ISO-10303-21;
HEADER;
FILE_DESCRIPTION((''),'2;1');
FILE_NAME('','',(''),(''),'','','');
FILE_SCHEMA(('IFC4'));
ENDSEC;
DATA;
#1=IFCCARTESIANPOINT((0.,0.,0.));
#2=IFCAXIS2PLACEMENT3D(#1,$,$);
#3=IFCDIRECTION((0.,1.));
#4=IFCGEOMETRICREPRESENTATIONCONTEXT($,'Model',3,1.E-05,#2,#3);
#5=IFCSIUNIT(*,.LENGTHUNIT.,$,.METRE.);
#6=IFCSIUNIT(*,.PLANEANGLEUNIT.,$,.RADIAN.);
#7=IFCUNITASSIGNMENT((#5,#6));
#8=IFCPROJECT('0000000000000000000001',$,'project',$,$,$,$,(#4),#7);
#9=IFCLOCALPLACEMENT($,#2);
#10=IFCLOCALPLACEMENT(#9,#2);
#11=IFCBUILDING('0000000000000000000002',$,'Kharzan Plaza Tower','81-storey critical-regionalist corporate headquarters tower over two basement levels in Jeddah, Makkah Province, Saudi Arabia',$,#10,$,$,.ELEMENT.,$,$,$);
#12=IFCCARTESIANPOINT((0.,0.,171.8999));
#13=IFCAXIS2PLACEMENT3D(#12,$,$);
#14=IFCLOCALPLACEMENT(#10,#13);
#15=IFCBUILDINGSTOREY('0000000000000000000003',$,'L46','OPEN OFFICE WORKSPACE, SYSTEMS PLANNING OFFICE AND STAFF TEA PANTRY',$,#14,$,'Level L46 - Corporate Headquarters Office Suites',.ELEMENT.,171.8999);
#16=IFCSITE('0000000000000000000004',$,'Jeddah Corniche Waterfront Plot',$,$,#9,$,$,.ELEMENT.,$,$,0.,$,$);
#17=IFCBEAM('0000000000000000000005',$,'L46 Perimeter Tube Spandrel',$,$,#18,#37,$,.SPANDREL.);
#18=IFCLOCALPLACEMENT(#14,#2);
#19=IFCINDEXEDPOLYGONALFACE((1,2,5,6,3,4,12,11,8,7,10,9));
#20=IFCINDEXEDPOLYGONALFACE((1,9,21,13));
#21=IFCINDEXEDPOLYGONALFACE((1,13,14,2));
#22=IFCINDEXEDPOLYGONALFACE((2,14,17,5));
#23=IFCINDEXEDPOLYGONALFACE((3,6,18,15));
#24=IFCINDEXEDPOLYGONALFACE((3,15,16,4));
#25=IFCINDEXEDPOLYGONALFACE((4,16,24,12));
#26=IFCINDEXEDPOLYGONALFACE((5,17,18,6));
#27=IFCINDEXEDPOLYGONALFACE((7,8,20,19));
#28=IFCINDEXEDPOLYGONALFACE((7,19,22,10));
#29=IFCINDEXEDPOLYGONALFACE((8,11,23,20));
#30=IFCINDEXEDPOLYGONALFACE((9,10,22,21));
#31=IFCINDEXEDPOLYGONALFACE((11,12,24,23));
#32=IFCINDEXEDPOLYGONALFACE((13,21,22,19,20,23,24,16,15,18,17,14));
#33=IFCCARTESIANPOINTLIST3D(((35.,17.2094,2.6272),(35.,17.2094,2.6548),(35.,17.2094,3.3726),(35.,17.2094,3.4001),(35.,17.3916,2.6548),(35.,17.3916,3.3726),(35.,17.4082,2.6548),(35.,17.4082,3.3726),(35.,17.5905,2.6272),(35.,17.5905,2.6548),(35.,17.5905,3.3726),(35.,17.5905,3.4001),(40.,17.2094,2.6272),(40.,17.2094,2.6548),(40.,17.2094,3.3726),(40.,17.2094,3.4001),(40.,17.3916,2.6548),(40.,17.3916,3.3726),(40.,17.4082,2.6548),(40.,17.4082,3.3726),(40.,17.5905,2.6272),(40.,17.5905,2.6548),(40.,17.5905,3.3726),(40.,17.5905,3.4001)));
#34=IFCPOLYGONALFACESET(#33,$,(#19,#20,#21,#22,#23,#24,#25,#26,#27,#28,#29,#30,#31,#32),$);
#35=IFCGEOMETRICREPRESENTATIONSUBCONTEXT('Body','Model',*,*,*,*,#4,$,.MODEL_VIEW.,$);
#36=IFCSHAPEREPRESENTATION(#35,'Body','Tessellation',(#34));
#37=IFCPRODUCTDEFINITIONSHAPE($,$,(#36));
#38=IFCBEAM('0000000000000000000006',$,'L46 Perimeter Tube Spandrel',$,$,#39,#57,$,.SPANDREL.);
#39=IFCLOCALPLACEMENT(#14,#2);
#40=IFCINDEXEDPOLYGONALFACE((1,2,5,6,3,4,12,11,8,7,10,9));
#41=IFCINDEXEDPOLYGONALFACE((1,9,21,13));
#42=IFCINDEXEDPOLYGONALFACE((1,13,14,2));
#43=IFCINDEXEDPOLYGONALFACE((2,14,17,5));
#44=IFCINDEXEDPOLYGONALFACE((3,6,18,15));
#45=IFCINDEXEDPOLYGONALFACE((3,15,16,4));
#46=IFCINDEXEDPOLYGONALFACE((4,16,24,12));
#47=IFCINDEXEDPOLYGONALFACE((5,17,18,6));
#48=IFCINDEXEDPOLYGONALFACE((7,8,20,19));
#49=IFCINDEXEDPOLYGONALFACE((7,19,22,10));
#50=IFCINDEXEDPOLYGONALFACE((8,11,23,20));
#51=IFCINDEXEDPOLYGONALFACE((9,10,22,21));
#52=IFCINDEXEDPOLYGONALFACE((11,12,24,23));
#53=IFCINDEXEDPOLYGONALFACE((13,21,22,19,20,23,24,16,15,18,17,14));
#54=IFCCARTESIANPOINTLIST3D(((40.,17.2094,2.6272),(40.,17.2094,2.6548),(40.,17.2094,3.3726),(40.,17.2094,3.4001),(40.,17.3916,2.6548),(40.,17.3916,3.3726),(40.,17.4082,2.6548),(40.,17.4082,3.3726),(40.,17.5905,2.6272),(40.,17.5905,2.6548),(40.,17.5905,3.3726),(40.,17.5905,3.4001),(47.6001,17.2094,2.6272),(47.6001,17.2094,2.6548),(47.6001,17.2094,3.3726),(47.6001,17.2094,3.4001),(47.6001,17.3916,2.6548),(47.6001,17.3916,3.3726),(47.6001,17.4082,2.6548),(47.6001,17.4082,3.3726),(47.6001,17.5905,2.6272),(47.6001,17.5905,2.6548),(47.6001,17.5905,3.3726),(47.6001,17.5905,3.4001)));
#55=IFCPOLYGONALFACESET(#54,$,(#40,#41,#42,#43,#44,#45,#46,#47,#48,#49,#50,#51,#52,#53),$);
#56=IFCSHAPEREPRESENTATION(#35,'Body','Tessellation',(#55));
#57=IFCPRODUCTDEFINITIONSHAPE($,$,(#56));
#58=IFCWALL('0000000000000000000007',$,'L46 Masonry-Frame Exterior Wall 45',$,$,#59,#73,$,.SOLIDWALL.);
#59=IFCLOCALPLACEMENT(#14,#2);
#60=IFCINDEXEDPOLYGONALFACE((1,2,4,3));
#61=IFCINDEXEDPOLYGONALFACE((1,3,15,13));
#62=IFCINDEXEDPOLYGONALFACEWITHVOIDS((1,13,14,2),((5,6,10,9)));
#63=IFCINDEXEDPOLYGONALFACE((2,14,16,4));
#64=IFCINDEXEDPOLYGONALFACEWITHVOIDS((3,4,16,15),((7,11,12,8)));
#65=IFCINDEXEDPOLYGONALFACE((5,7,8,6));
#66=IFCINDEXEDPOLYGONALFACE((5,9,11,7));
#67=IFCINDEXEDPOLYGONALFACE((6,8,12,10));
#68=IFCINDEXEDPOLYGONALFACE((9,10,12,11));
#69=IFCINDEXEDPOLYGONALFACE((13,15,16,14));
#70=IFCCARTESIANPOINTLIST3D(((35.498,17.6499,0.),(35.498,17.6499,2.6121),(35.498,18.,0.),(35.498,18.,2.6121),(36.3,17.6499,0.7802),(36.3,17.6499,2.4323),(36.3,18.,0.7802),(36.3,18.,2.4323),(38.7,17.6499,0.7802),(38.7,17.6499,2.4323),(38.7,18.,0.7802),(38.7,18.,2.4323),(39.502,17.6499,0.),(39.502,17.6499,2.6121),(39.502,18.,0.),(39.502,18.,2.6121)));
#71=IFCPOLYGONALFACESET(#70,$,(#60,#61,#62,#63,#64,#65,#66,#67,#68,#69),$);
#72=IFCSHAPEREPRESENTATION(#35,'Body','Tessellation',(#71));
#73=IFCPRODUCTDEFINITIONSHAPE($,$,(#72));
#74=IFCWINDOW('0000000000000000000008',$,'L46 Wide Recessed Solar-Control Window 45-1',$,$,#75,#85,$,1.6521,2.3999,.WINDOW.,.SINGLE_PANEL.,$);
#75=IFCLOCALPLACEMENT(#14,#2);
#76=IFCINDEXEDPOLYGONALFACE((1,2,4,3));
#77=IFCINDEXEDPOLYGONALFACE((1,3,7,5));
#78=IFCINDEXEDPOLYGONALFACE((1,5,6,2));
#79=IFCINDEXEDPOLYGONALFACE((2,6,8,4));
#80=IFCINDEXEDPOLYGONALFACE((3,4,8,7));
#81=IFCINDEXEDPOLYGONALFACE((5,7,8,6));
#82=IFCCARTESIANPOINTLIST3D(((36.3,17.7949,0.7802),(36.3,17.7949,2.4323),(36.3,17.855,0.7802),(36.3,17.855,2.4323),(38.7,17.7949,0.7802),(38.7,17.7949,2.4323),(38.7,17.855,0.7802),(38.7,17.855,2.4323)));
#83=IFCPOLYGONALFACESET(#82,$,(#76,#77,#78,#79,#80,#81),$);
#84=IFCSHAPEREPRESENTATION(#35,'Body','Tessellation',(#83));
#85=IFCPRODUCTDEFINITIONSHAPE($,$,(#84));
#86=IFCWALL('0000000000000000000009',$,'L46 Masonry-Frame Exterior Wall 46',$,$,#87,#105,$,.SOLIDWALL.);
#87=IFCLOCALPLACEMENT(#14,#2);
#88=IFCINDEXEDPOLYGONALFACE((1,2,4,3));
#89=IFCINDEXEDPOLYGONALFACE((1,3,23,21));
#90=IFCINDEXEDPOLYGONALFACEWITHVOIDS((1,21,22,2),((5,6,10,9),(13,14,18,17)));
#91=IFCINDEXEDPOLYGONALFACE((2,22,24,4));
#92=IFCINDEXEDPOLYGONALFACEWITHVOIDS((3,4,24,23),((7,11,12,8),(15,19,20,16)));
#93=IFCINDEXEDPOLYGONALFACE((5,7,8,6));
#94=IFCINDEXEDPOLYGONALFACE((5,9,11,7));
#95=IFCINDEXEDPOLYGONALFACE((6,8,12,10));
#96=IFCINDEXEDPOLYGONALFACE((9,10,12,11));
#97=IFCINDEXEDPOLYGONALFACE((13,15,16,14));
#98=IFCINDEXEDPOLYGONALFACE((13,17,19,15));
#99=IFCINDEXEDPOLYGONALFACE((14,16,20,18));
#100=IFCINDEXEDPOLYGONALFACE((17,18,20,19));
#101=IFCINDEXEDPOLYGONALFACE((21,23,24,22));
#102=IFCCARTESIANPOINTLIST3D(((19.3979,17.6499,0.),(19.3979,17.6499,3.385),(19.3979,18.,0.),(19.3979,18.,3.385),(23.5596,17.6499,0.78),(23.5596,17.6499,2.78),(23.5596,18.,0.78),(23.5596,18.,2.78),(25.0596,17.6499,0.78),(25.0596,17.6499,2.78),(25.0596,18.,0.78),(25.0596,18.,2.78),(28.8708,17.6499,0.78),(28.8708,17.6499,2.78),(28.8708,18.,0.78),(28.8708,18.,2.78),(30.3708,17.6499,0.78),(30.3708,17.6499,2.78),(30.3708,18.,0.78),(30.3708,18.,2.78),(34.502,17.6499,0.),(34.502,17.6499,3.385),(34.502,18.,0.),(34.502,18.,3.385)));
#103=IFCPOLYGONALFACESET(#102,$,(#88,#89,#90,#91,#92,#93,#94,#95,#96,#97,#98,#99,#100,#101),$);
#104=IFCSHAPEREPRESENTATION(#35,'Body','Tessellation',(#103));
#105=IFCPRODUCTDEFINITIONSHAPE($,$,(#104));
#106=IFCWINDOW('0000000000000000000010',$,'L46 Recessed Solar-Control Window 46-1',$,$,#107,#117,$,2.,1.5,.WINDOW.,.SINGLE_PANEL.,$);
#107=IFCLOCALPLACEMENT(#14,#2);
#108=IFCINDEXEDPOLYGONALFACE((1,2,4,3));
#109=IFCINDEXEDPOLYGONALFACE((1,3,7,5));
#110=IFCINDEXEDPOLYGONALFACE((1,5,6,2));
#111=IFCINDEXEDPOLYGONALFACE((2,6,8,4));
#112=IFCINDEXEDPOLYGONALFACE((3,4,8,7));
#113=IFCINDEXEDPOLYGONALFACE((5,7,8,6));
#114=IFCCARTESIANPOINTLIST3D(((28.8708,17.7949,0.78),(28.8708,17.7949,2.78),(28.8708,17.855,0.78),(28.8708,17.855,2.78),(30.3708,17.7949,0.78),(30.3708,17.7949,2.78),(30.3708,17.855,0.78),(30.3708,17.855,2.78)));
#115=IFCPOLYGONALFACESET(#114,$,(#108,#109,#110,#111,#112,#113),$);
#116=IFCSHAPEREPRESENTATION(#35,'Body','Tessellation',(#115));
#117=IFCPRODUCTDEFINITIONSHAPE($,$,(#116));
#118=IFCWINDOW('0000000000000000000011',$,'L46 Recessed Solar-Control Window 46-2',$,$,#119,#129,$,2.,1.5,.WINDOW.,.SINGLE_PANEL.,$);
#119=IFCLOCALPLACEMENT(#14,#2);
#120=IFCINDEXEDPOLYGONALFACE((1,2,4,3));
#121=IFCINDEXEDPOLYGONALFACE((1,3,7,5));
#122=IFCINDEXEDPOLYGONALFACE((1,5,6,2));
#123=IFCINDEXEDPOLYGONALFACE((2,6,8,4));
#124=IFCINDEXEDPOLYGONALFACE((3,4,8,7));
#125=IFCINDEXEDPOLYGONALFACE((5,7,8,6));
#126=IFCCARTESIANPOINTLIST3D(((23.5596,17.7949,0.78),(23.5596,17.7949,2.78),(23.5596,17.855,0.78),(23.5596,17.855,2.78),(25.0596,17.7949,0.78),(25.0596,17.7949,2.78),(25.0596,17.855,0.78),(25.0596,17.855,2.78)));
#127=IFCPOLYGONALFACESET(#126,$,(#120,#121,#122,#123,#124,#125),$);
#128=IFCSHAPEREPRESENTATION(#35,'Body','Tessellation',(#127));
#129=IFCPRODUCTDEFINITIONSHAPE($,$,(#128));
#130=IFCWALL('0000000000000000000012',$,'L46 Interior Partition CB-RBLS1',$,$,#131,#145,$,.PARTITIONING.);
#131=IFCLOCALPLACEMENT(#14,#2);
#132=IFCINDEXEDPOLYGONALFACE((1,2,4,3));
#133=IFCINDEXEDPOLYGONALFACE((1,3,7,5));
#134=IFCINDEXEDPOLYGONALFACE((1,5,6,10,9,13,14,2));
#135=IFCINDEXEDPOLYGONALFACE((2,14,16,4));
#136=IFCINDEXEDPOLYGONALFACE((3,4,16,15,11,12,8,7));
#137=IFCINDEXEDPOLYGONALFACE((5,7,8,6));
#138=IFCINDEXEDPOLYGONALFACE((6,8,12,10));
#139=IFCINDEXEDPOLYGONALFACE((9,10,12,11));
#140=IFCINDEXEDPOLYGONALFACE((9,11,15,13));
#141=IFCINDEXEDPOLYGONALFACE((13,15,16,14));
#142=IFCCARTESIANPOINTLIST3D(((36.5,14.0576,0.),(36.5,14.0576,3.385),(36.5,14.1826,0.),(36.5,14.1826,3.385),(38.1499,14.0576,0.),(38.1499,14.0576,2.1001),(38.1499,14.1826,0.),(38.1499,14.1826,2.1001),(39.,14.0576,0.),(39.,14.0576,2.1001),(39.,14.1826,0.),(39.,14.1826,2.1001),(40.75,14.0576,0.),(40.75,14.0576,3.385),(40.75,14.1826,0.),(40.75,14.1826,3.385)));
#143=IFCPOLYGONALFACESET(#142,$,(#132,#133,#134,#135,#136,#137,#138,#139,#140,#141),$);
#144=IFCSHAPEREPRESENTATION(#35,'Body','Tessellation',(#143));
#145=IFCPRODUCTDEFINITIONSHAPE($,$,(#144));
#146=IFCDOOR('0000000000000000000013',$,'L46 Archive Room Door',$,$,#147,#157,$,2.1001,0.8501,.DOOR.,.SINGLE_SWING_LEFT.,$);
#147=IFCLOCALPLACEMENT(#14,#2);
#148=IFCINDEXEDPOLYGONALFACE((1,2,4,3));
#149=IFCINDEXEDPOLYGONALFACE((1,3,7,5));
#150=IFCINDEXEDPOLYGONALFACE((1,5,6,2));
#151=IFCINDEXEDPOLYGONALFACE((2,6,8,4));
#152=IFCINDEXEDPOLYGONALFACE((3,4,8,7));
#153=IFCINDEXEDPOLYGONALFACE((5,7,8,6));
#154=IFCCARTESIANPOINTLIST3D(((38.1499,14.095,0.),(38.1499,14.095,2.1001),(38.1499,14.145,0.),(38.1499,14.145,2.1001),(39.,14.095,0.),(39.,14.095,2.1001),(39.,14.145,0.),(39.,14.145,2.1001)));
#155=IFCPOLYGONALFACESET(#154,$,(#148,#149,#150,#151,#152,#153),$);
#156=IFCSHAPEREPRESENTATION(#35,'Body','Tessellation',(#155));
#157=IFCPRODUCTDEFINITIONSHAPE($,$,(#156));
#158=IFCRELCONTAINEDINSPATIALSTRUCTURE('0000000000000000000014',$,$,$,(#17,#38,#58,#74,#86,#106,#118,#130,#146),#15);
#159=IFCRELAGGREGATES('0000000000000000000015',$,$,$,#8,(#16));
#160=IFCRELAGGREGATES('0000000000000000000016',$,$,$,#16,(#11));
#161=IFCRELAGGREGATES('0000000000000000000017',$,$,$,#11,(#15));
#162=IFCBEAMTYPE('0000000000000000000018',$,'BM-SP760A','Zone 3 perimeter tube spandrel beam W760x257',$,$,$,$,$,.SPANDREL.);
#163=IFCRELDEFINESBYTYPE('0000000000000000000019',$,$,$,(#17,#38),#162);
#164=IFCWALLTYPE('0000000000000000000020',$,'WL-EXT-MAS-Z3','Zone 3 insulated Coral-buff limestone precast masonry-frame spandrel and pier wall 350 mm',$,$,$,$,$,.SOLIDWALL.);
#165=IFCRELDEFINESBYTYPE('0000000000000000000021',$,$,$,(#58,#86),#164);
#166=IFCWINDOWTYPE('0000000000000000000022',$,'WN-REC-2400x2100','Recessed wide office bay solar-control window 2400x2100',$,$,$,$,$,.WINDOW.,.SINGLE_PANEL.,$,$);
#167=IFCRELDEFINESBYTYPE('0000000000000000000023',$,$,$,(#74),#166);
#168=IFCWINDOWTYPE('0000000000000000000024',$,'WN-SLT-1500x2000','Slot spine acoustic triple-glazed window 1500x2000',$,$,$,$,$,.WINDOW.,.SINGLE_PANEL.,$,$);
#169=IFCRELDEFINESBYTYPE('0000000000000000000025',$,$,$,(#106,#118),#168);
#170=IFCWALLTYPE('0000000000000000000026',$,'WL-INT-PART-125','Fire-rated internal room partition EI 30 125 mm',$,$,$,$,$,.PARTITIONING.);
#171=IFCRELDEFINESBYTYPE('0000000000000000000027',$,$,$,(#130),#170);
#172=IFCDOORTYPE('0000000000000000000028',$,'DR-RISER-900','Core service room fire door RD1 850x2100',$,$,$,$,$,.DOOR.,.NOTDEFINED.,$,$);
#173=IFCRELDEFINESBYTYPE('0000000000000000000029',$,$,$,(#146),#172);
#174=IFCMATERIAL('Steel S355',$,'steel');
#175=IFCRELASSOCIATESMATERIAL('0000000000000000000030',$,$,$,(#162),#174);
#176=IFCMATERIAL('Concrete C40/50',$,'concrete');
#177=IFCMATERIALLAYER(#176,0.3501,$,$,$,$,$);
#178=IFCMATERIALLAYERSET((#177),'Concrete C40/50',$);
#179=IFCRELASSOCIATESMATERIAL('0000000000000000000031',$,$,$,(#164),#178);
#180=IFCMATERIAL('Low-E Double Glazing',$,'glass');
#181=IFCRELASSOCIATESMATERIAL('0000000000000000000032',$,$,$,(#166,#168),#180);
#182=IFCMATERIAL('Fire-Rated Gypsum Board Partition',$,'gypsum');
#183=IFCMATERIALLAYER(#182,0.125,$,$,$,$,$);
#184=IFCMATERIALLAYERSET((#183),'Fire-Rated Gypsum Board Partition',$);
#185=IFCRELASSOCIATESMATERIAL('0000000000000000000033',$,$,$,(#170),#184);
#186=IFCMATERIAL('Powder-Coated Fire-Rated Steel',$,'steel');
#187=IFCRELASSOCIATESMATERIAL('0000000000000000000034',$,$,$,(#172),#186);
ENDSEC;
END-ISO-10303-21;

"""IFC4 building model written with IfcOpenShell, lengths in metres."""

from ifc_helpers import new_model, si_unit, direction, frame, frame_2d, origin, origin_2d, place, context, subcontext, project, spatial, rectangle, i_section, extrude, source, transform, mapped, material, layer, layer_set, material_profile, profile_set, type_object, element, fill, save


model = new_model("IFC4")

# Units and contexts
model_context = context("Model", 3, precision=1e-05, world=origin(), true_north=direction((0.0, 1.0)))
body_context = subcontext(model_context, "Body", "Model", "MODEL_VIEW")
ifc_project = project(units=[si_unit("LENGTHUNIT", "METRE"), si_unit("PLANEANGLEUNIT", "RADIAN")], contexts=[model_context])

# Site, building, storey
site_placement = place(None, origin())
site = spatial("IfcSite", under=ifc_project, at=site_placement, Name="Jeddah Corniche Waterfront Plot", CompositionType="ELEMENT", RefElevation=0.0)
building_placement = place(site_placement, origin())
building = spatial("IfcBuilding", under=site, at=building_placement, Name="Kharzan Plaza Tower", Description="81-storey critical-regionalist corporate headquarters tower over two basement levels in Jeddah, Makkah Province, Saudi Arabia", CompositionType="ELEMENT")
storey_placement = place(building_placement, frame((0.0, 0.0, 171.8999)))
storey = spatial("IfcBuildingStorey", under=building, at=storey_placement, Name="L46", Description="OPEN OFFICE WORKSPACE, SYSTEMS PLANNING OFFICE AND STAFF TEA PANTRY", LongName="Level L46 - Corporate Headquarters Office Suites", CompositionType="ELEMENT", Elevation=171.8999)

# Beams
ifc_material_1 = material(Name="Steel S355", Category="steel")
ifc_material_profile_1 = material_profile(ifc_material_1, i_section(OverallWidth=0.3811, OverallDepth=0.7729, WebThickness=0.0166, FlangeThickness=0.0276, at=origin_2d()), Name="W760x257")
ifc_profile_set_1 = profile_set([ifc_material_profile_1], Name="Steel S355")
beam_type_1 = type_object("IfcBeamType", Name="BM-SP760A", Description="Zone 3 perimeter tube spandrel beam W760x257", PredefinedType="SPANDREL", material=ifc_profile_set_1)
shared_shape_1 = source(origin(), body_context, "Body", "SweptSolid", [
    extrude(i_section(OverallWidth=0.3811, OverallDepth=0.7729, WebThickness=0.0166, FlangeThickness=0.0276, at=origin_2d()), origin(), (0.0, 0.0, 1.0), 5.0),
])
beam_1_placement = place(storey_placement, frame((35.0, 17.3999, 3.0137), z_axis=(1.0, 0.0, 0.0), x_axis=(0.0, 1.0, 0.0)))
element("IfcBeam", 1, at=beam_1_placement, inside=storey, type_object=beam_type_1, Name="L46 Perimeter Tube Spandrel", PredefinedType="SPANDREL", context=body_context, shape_type="MappedRepresentation", body=[
    mapped(shared_shape_1, transform((0.0, 0.0, 0.0), x_axis=(1.0, 0.0, 0.0), y_axis=(0.0, 1.0, 0.0), z_axis=(0.0, 0.0, 1.0))),
])
shared_shape_2 = source(origin(), body_context, "Body", "SweptSolid", [
    extrude(i_section(OverallWidth=0.3811, OverallDepth=0.7729, WebThickness=0.0166, FlangeThickness=0.0276, at=origin_2d()), origin(), (0.0, 0.0, 1.0), 7.6001),
])
beam_2_placement = place(storey_placement, frame((40.0, 17.3999, 3.0137), z_axis=(1.0, 0.0, 0.0), x_axis=(0.0, 1.0, 0.0)))
element("IfcBeam", 2, at=beam_2_placement, inside=storey, type_object=beam_type_1, Name="L46 Perimeter Tube Spandrel", PredefinedType="SPANDREL", context=body_context, shape_type="MappedRepresentation", body=[
    mapped(shared_shape_2, transform((0.0, 0.0, 0.0), x_axis=(1.0, 0.0, 0.0), y_axis=(0.0, 1.0, 0.0), z_axis=(0.0, 0.0, 1.0))),
])

# Wall, opening, window
ifc_material_2 = material(Name="Concrete C40/50", Category="concrete")
ifc_layer_1 = layer(ifc_material_2, 0.3501)
ifc_layer_set_1 = layer_set([ifc_layer_1], Name="Concrete C40/50")
wall_type_1 = type_object("IfcWallType", Name="WL-EXT-MAS-Z3", Description="Zone 3 insulated Coral-buff limestone precast masonry-frame spandrel and pier wall 350 mm", PredefinedType="SOLIDWALL", material=ifc_layer_set_1)
wall_1_placement = place(storey_placement, frame((39.502, 17.825, 0.0), z_axis=(0.0, 0.0, 1.0), x_axis=(-1.0, 0.0, 0.0)))
wall_1 = element("IfcWall", 3, at=wall_1_placement, inside=storey, type_object=wall_type_1, Name="L46 Masonry-Frame Exterior Wall 45", PredefinedType="SOLIDWALL", context=body_context, shape_type="SweptSolid", body=[
    extrude(rectangle(XDim=4.0039, YDim=0.3501, at=frame_2d((2.002, 0.0))), origin(), (0.0, 0.0, 1.0), 2.6121),
])
opening_1_placement = place(wall_1_placement, frame((0.802, 0.0, 0.78)))
opening_1 = element("IfcOpeningElement", 4, at=opening_1_placement, cuts=wall_1, PredefinedType="OPENING", context=body_context, shape_type="SweptSolid", body=[
    extrude(rectangle(XDim=2.3999, YDim=1.6521, at=frame_2d((1.2, 0.8262))), frame((0.0, 0.1851, 0.0), z_axis=(0.0, -1.0, 0.0), x_axis=(1.0, 0.0, 0.0)), (0.0, 0.0, 1.0), 0.3701),
])
ifc_material_3 = material(Name="Low-E Double Glazing", Category="glass")
window_type_1 = type_object("IfcWindowType", Name="WN-REC-2400x2100", Description="Recessed wide office bay solar-control window 2400x2100", PartitioningType="SINGLE_PANEL", PredefinedType="WINDOW", material=ifc_material_3)
shared_shape_3 = source(origin(), body_context, "Body", "SweptSolid", [
    extrude(rectangle(XDim=2.3999, YDim=1.6521, at=frame_2d((1.2, 0.8262))), frame((0.0, 0.03, 0.0), z_axis=(0.0, -1.0, 0.0), x_axis=(1.0, 0.0, 0.0)), (0.0, 0.0, 1.0), 0.0601),
])
window_1_placement = place(opening_1_placement, origin())
window_1 = element("IfcWindow", 5, at=window_1_placement, inside=storey, type_object=window_type_1, Name="L46 Wide Recessed Solar-Control Window 45-1", OverallHeight=1.6521, OverallWidth=2.3999, PartitioningType="SINGLE_PANEL", PredefinedType="WINDOW", context=body_context, shape_type="MappedRepresentation", body=[
    mapped(shared_shape_3, transform((0.0, 0.0, 0.0), x_axis=(1.0, 0.0, 0.0), y_axis=(0.0, 1.0, 0.0), z_axis=(0.0, 0.0, 1.0))),
])
fill(opening_1, window_1)

# Wall, openings, windows
wall_2_placement = place(storey_placement, frame((34.502, 17.825, 0.0), z_axis=(0.0, 0.0, 1.0), x_axis=(-1.0, 0.0, 0.0)))
wall_2 = element("IfcWall", 6, at=wall_2_placement, inside=storey, type_object=wall_type_1, Name="L46 Masonry-Frame Exterior Wall 46", PredefinedType="SOLIDWALL", context=body_context, shape_type="SweptSolid", body=[
    extrude(rectangle(XDim=15.104, YDim=0.3501, at=frame_2d((7.552, 0.0))), origin(), (0.0, 0.0, 1.0), 3.385),
])
opening_2_placement = place(wall_2_placement, frame((4.1311, 0.0, 0.78)))
opening_2 = element("IfcOpeningElement", 7, at=opening_2_placement, cuts=wall_2, PredefinedType="OPENING", context=body_context, shape_type="SweptSolid", body=[
    extrude(rectangle(XDim=1.5, YDim=2.0, at=frame_2d((0.75, 1.0))), frame((0.0, 0.1851, 0.0), z_axis=(0.0, -1.0, 0.0), x_axis=(1.0, 0.0, 0.0)), (0.0, 0.0, 1.0), 0.3701),
])
opening_3_placement = place(wall_2_placement, frame((9.4424, 0.0, 0.78)))
opening_3 = element("IfcOpeningElement", 8, at=opening_3_placement, cuts=wall_2, PredefinedType="OPENING", context=body_context, shape_type="SweptSolid", body=[
    extrude(rectangle(XDim=1.5, YDim=2.0, at=frame_2d((0.75, 1.0))), frame((0.0, 0.1851, 0.0), z_axis=(0.0, -1.0, 0.0), x_axis=(1.0, 0.0, 0.0)), (0.0, 0.0, 1.0), 0.3701),
])
window_type_2 = type_object("IfcWindowType", Name="WN-SLT-1500x2000", Description="Slot spine acoustic triple-glazed window 1500x2000", PartitioningType="SINGLE_PANEL", PredefinedType="WINDOW", material=ifc_material_3)
shared_shape_4 = source(origin(), body_context, "Body", "SweptSolid", [
    extrude(rectangle(XDim=1.5, YDim=2.0, at=frame_2d((0.75, 1.0))), frame((0.0, 0.03, 0.0), z_axis=(0.0, -1.0, 0.0), x_axis=(1.0, 0.0, 0.0)), (0.0, 0.0, 1.0), 0.0601),
])
window_2_placement = place(opening_2_placement, origin())
window_2 = element("IfcWindow", 9, at=window_2_placement, inside=storey, type_object=window_type_2, Name="L46 Recessed Solar-Control Window 46-1", OverallHeight=2.0, OverallWidth=1.5, PartitioningType="SINGLE_PANEL", PredefinedType="WINDOW", context=body_context, shape_type="MappedRepresentation", body=[
    mapped(shared_shape_4, transform((0.0, 0.0, 0.0), x_axis=(1.0, 0.0, 0.0), y_axis=(0.0, 1.0, 0.0), z_axis=(0.0, 0.0, 1.0))),
])
fill(opening_2, window_2)
window_3_placement = place(opening_3_placement, origin())
window_3 = element("IfcWindow", 10, at=window_3_placement, inside=storey, type_object=window_type_2, Name="L46 Recessed Solar-Control Window 46-2", OverallHeight=2.0, OverallWidth=1.5, PartitioningType="SINGLE_PANEL", PredefinedType="WINDOW", context=body_context, shape_type="MappedRepresentation", body=[
    mapped(shared_shape_4, transform((0.0, 0.0, 0.0), x_axis=(1.0, 0.0, 0.0), y_axis=(0.0, 1.0, 0.0), z_axis=(0.0, 0.0, 1.0))),
])
fill(opening_3, window_3)

# Wall, opening, door
ifc_material_4 = material(Name="Fire-Rated Gypsum Board Partition", Category="gypsum")
ifc_layer_2 = layer(ifc_material_4, 0.125)
ifc_layer_set_2 = layer_set([ifc_layer_2], Name="Fire-Rated Gypsum Board Partition")
wall_type_2 = type_object("IfcWallType", Name="WL-INT-PART-125", Description="Fire-rated internal room partition EI 30 125 mm", PredefinedType="PARTITIONING", material=ifc_layer_set_2)
wall_3_placement = place(storey_placement, frame((36.5, 14.1201, 0.0), z_axis=(0.0, 0.0, 1.0), x_axis=(1.0, 0.0, 0.0)))
wall_3 = element("IfcWall", 11, at=wall_3_placement, inside=storey, type_object=wall_type_2, Name="L46 Interior Partition CB-RBLS1", PredefinedType="PARTITIONING", context=body_context, shape_type="SweptSolid", body=[
    extrude(rectangle(XDim=4.25, YDim=0.125, at=frame_2d((2.125, 0.0))), origin(), (0.0, 0.0, 1.0), 3.385),
])
opening_4_placement = place(wall_3_placement, frame((1.6499, 0.0, 0.0)))
opening_4 = element("IfcOpeningElement", 12, at=opening_4_placement, cuts=wall_3, PredefinedType="OPENING", context=body_context, shape_type="SweptSolid", body=[
    extrude(rectangle(XDim=0.8501, YDim=2.1001, at=frame_2d((0.425, 1.05))), frame((0.0, 0.0725, 0.0), z_axis=(0.0, -1.0, 0.0), x_axis=(1.0, 0.0, 0.0)), (0.0, 0.0, 1.0), 0.145),
])
ifc_material_5 = material(Name="Powder-Coated Fire-Rated Steel", Category="steel")
door_type_1 = type_object("IfcDoorType", Name="DR-RISER-900", Description="Core service room fire door RD1 850x2100", OperationType="NOTDEFINED", PredefinedType="DOOR", material=ifc_material_5)
shared_shape_5 = source(origin(), body_context, "Body", "SweptSolid", [
    extrude(rectangle(XDim=0.8501, YDim=2.1001, at=frame_2d((0.425, 1.05))), frame((0.0, 0.0249, 0.0), z_axis=(0.0, -1.0, 0.0), x_axis=(1.0, 0.0, 0.0)), (0.0, 0.0, 1.0), 0.05),
])
door_1_placement = place(opening_4_placement, origin())
door_1 = element("IfcDoor", 13, at=door_1_placement, inside=storey, type_object=door_type_1, Name="L46 Archive Room Door", OperationType="SINGLE_SWING_LEFT", OverallHeight=2.1001, OverallWidth=0.8501, PredefinedType="DOOR", context=body_context, shape_type="MappedRepresentation", body=[
    mapped(shared_shape_5, transform((0.0, 0.0, 0.0), x_axis=(1.0, 0.0, 0.0), y_axis=(0.0, 1.0, 0.0), z_axis=(0.0, 0.0, 1.0))),
])
fill(opening_4, door_1)

save(model, "model.ifc")
